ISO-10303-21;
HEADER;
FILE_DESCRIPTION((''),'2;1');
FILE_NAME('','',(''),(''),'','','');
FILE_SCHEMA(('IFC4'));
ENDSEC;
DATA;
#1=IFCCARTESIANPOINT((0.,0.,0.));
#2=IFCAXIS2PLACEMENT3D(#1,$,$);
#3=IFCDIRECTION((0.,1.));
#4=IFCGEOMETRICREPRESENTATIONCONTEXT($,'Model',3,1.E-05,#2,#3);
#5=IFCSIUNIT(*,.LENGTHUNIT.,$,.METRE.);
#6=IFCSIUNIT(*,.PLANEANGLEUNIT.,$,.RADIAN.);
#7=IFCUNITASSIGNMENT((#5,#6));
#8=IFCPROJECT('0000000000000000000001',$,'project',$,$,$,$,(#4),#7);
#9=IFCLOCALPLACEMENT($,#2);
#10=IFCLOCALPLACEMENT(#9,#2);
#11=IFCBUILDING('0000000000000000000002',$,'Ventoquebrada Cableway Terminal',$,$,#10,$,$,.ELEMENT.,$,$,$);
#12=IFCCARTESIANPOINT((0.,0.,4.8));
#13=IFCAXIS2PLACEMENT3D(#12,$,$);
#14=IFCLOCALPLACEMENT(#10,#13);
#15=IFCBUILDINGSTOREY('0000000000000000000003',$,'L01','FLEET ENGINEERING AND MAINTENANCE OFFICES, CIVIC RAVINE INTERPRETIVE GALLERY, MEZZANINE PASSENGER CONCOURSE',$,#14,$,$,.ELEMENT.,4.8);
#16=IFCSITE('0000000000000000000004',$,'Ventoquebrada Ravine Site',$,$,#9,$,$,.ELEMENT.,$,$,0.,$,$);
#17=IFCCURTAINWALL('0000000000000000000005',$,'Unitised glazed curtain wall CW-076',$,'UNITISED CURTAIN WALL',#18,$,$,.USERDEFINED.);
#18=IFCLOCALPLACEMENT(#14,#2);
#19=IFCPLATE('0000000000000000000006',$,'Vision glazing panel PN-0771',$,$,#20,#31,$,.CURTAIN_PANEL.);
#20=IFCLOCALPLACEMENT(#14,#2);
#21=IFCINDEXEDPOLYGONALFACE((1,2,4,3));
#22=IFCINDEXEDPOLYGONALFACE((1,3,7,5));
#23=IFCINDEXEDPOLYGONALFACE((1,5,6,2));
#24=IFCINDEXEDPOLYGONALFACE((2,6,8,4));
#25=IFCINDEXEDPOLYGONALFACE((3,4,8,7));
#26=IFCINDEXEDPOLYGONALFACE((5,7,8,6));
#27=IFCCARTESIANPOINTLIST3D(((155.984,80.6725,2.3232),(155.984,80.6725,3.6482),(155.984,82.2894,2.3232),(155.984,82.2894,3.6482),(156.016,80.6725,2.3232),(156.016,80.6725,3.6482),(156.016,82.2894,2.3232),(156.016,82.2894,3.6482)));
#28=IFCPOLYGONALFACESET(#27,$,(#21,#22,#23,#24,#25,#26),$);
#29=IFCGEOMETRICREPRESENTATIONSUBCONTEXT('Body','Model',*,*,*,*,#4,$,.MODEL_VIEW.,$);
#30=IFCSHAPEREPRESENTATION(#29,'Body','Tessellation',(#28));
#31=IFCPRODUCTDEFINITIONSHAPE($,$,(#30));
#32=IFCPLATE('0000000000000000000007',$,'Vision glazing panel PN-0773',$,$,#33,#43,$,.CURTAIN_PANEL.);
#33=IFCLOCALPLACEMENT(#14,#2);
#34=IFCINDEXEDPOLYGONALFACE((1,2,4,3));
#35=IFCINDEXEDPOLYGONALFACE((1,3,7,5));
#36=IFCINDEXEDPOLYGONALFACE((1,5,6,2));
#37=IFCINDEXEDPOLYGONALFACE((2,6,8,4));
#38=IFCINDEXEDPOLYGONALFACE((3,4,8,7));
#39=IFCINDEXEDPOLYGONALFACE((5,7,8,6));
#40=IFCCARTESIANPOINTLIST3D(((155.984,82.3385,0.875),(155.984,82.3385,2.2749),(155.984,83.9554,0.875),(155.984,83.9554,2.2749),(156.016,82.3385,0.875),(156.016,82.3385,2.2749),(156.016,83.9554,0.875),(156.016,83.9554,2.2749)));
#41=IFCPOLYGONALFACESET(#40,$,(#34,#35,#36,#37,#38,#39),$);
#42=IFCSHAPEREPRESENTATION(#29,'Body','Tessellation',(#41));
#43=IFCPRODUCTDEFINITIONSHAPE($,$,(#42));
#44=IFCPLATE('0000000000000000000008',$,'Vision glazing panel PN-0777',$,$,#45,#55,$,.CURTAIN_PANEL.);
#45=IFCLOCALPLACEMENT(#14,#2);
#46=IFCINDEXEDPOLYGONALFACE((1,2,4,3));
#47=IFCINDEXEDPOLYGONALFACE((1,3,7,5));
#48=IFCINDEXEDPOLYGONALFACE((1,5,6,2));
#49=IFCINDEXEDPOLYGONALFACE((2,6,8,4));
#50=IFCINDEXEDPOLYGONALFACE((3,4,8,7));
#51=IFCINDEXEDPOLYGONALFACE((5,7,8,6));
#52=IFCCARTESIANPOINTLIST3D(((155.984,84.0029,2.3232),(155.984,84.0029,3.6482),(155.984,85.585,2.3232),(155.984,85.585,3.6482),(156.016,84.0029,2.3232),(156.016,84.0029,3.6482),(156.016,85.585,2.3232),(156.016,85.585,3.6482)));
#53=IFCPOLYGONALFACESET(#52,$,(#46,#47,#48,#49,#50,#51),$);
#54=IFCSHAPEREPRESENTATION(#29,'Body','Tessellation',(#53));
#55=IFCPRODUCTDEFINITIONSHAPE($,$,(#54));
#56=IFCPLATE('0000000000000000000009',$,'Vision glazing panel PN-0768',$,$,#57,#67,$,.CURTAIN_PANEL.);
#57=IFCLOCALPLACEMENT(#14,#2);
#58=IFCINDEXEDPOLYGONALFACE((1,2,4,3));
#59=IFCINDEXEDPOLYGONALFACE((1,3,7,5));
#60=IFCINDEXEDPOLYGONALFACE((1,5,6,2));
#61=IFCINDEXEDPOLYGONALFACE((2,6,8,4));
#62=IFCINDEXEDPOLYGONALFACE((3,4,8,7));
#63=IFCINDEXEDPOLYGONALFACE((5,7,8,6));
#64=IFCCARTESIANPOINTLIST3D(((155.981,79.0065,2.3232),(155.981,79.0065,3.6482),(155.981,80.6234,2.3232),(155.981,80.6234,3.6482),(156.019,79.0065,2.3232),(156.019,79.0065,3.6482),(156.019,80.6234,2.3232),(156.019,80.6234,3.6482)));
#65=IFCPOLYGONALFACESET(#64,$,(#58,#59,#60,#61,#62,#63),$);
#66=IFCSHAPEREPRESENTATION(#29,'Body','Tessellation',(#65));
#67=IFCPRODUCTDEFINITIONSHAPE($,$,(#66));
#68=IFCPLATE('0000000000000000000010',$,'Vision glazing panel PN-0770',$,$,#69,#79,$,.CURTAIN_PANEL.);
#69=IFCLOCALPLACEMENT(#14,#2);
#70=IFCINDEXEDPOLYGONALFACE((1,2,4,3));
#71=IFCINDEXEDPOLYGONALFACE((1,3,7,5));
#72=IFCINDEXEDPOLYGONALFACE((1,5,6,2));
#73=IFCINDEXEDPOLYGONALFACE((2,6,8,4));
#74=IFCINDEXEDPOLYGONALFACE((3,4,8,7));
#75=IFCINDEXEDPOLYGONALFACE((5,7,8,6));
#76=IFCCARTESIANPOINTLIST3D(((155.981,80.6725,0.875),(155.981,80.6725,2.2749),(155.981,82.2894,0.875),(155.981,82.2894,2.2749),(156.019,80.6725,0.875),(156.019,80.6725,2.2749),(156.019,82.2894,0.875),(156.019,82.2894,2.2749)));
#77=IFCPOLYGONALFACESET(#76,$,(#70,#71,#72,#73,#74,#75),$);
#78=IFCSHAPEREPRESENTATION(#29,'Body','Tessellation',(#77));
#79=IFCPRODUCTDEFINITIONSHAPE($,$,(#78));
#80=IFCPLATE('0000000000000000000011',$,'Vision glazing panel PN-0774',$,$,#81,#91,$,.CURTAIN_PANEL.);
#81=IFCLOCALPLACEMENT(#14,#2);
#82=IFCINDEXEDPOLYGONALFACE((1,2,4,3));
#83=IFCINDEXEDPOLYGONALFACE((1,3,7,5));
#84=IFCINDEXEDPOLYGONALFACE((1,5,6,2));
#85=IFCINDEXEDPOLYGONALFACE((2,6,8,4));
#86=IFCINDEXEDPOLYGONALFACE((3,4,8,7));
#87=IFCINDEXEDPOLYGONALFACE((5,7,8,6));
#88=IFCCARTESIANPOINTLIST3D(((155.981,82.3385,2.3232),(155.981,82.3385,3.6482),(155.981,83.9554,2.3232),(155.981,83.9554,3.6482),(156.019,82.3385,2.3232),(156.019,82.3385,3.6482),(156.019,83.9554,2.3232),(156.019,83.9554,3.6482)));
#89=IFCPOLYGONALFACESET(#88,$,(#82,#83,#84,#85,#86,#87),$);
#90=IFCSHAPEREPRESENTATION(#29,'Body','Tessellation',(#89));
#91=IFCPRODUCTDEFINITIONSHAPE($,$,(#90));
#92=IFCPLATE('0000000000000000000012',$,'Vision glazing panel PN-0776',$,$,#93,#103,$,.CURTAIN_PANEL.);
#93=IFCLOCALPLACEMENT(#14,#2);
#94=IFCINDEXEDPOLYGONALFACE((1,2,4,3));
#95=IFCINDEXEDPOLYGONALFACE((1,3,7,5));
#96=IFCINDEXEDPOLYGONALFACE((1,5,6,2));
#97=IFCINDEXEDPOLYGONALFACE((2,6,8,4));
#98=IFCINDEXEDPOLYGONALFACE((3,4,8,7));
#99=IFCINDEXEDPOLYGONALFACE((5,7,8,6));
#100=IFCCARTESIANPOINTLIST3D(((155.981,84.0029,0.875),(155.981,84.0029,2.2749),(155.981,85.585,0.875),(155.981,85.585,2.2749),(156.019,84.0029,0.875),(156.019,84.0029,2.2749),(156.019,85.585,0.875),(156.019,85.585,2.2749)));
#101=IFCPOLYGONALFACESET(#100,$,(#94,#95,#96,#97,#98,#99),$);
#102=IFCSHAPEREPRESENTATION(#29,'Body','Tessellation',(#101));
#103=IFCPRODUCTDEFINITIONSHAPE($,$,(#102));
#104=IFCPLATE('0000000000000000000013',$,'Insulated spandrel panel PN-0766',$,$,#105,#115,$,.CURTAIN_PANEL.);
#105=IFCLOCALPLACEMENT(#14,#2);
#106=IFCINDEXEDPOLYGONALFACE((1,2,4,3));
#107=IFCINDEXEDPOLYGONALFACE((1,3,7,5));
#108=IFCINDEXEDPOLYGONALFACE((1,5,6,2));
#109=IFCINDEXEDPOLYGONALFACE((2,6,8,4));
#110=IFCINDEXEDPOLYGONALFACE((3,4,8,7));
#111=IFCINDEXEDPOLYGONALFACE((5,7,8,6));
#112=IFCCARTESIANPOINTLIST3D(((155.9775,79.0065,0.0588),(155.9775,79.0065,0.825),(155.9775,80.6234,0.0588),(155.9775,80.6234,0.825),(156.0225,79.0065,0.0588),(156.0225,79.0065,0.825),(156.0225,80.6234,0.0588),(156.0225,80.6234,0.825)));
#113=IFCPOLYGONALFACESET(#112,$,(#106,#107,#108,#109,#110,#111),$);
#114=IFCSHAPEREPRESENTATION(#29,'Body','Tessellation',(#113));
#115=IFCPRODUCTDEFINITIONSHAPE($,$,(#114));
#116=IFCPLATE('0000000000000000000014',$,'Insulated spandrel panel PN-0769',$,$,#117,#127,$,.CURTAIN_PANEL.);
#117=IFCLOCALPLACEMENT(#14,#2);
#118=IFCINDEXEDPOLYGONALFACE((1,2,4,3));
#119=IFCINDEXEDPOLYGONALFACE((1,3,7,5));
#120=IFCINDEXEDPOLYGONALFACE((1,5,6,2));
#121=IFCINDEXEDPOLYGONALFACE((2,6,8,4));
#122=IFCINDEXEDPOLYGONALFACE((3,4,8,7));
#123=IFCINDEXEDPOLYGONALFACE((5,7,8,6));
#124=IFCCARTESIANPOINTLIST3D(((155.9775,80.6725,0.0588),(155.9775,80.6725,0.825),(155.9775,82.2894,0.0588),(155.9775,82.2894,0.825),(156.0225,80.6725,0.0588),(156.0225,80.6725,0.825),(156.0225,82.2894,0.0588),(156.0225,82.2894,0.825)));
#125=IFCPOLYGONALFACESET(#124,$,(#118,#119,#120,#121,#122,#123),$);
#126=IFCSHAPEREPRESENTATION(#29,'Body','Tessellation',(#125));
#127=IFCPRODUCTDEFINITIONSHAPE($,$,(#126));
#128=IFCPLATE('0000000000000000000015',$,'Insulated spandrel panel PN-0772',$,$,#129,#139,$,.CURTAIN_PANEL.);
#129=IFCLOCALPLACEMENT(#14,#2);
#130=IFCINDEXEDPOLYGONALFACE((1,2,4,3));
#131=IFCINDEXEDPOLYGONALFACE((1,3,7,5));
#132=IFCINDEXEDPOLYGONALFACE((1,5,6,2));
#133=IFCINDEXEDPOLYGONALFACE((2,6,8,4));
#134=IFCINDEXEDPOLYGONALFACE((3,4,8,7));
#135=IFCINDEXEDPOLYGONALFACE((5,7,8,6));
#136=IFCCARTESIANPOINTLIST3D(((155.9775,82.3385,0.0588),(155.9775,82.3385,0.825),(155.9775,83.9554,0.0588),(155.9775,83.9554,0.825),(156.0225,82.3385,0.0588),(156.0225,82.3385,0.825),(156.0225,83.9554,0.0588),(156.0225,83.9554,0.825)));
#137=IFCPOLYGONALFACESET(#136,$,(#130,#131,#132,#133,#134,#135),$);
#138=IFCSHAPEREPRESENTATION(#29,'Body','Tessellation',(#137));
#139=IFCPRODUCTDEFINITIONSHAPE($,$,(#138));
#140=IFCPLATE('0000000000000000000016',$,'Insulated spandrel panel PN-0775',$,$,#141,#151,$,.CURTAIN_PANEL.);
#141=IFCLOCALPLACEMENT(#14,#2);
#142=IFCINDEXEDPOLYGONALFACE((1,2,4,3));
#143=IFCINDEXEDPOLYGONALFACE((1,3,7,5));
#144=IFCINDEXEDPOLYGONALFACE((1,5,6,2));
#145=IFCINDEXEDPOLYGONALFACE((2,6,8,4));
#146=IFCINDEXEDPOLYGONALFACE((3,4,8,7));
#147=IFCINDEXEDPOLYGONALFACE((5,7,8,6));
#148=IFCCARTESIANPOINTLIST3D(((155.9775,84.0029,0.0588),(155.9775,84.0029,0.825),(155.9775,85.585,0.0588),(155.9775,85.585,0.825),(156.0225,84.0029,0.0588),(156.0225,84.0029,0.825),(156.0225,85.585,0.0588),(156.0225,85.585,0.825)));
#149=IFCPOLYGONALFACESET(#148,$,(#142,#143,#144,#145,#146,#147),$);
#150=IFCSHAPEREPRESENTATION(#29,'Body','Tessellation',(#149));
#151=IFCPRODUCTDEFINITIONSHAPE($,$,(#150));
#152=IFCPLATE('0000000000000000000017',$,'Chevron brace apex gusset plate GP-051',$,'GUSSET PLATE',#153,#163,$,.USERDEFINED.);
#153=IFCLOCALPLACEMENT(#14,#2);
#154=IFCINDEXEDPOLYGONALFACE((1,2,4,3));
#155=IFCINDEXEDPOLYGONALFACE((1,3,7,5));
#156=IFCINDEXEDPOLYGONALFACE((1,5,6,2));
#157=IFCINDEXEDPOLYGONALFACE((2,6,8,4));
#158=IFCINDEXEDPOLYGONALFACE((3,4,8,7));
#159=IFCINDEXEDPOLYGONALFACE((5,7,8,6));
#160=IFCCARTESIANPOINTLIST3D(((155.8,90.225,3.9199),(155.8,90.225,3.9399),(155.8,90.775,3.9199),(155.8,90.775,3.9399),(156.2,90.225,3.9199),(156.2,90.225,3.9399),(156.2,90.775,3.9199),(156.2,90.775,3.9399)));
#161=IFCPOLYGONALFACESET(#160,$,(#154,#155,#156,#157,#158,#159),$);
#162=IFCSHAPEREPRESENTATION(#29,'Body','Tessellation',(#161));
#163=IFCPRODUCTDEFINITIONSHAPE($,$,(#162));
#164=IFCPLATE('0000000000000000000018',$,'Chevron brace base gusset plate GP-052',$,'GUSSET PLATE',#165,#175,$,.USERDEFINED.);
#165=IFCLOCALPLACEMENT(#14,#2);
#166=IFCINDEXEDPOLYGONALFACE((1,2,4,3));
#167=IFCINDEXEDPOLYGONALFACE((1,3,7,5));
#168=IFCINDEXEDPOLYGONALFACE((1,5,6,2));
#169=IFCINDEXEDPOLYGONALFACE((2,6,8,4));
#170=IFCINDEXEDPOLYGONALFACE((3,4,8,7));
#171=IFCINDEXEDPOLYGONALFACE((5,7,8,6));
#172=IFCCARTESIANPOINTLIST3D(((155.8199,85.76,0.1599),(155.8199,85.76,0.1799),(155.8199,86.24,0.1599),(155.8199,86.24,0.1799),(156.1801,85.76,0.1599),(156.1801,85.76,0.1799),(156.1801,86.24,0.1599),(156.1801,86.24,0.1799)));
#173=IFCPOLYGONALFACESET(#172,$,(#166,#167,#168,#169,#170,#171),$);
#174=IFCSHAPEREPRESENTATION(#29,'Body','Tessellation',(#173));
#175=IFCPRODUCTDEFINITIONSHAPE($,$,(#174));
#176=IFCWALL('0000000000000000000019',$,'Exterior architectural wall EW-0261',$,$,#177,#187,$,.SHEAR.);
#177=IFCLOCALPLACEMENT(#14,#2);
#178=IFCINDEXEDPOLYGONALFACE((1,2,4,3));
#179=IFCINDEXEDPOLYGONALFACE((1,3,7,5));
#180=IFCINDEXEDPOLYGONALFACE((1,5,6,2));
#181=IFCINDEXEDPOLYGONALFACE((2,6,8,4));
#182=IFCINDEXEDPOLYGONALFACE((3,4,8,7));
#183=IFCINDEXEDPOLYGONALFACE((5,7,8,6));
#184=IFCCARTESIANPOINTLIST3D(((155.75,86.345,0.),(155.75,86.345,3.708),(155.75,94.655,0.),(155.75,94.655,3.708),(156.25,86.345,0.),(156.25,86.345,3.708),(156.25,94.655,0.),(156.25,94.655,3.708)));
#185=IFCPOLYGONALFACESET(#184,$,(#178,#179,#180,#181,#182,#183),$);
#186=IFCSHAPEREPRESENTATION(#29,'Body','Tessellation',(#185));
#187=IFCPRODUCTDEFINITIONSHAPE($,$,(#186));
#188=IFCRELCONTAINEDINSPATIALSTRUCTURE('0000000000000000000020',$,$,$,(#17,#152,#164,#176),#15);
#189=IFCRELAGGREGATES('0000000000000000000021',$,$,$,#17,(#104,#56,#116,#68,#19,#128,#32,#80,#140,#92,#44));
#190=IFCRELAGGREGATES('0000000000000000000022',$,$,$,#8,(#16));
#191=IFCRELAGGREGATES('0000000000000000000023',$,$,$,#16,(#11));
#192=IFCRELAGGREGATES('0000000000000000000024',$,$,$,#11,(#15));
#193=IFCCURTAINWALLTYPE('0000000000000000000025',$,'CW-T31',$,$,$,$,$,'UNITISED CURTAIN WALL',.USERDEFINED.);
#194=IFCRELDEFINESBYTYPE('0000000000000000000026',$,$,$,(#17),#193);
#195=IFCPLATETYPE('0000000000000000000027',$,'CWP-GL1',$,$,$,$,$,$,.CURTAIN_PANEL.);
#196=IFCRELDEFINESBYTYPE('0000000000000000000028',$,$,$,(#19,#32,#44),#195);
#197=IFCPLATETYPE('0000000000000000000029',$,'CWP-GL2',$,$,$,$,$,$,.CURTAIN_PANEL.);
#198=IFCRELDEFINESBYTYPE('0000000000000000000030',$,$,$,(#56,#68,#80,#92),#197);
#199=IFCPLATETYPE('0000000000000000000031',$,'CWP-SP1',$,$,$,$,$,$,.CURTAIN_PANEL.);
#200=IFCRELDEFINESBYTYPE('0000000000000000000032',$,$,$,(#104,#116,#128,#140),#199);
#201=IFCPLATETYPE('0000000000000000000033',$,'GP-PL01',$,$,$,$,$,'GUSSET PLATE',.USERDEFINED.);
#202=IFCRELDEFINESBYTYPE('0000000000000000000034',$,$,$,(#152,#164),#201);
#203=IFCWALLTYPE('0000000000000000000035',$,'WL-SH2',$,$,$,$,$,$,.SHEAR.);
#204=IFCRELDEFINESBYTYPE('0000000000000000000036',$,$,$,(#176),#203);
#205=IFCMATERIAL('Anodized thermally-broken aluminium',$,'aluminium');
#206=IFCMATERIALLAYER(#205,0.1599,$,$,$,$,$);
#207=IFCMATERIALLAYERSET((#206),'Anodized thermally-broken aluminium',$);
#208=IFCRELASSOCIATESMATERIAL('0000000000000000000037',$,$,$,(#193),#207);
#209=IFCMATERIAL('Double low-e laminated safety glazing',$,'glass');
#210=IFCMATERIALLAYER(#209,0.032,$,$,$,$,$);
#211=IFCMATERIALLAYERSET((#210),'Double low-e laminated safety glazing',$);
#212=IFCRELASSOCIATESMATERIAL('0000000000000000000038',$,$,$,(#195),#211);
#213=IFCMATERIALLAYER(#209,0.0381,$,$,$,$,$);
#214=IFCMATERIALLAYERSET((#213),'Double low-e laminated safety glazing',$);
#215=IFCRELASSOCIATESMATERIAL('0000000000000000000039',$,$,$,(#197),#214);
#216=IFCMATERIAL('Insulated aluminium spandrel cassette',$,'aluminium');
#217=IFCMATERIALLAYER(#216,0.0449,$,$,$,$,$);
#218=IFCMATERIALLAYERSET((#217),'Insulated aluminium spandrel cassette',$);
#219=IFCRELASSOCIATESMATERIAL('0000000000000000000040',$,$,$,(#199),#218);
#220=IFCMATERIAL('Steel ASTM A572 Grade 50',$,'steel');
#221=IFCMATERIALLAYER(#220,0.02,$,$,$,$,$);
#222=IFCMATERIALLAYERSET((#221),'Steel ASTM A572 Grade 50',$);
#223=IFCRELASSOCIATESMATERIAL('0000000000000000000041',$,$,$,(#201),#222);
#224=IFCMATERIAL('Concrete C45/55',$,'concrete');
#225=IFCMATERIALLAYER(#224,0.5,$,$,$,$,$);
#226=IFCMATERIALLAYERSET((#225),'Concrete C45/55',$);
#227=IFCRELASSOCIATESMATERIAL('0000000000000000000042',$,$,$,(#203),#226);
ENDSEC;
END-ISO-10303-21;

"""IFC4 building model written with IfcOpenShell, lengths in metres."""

from ifc_helpers import new_model, si_unit, direction, frame, frame_2d, origin, origin_2d, place, context, subcontext, project, spatial, rectangle, extrude, material, layer, layer_set, type_object, element, aggregate, save


model = new_model("IFC4")

# Units and contexts
model_context = context("Model", 3, precision=1e-05, world=origin(), true_north=direction((0.0, 1.0)))
body_context = subcontext(model_context, "Body", "Model", "MODEL_VIEW")
ifc_project = project(units=[si_unit("LENGTHUNIT", "METRE"), si_unit("PLANEANGLEUNIT", "RADIAN")], contexts=[model_context])

# Site, building, storey
site_placement = place(None, origin())
site = spatial("IfcSite", under=ifc_project, at=site_placement, Name="Ventoquebrada Ravine Site", CompositionType="ELEMENT", RefElevation=0.0)
building_placement = place(site_placement, origin())
building = spatial("IfcBuilding", under=site, at=building_placement, Name="Ventoquebrada Cableway Terminal", CompositionType="ELEMENT")
storey_placement = place(building_placement, frame((0.0, 0.0, 4.8)))
storey = spatial("IfcBuildingStorey", under=building, at=storey_placement, Name="L01", Description="FLEET ENGINEERING AND MAINTENANCE OFFICES, CIVIC RAVINE INTERPRETIVE GALLERY, MEZZANINE PASSENGER CONCOURSE", CompositionType="ELEMENT", Elevation=4.8)

# Curtain wall, plates
ifc_material_1 = material(Name="Anodized thermally-broken aluminium", Category="aluminium")
ifc_layer_1 = layer(ifc_material_1, 0.1599)
ifc_layer_set_1 = layer_set([ifc_layer_1], Name="Anodized thermally-broken aluminium")
curtain_wall_type = type_object("IfcCurtainWallType", Name="CW-T31", ElementType="UNITISED CURTAIN WALL", PredefinedType="USERDEFINED", material=ifc_layer_set_1)
curtain_wall_placement = place(storey_placement, origin())
curtain_wall = element("IfcCurtainWall", 1, at=curtain_wall_placement, inside=storey, type_object=curtain_wall_type, Name="Unitised glazed curtain wall CW-076", ObjectType="UNITISED CURTAIN WALL", PredefinedType="USERDEFINED")
ifc_material_2 = material(Name="Double low-e laminated safety glazing", Category="glass")
ifc_layer_2 = layer(ifc_material_2, 0.032)
ifc_layer_set_2 = layer_set([ifc_layer_2], Name="Double low-e laminated safety glazing")
plate_type_1 = type_object("IfcPlateType", Name="CWP-GL1", PredefinedType="CURTAIN_PANEL", material=ifc_layer_set_2)
plate_1_placement = place(storey_placement, frame((156.0, 81.481, 2.3232), z_axis=(0.0, 0.0, 1.0), x_axis=(0.0, 1.0, 0.0)))
plate_1 = element("IfcPlate", 2, at=plate_1_placement, type_object=plate_type_1, Name="Vision glazing panel PN-0771", PredefinedType="CURTAIN_PANEL", context=body_context, shape_type="SweptSolid", body=[
    extrude(rectangle(XDim=1.6169, YDim=0.032, at=origin_2d()), origin(), (0.0, 0.0, 1.0), 1.325),
])
plate_2_placement = place(storey_placement, frame((156.0, 83.147, 0.875), z_axis=(0.0, 0.0, 1.0), x_axis=(0.0, 1.0, 0.0)))
plate_2 = element("IfcPlate", 3, at=plate_2_placement, type_object=plate_type_1, Name="Vision glazing panel PN-0773", PredefinedType="CURTAIN_PANEL", context=body_context, shape_type="SweptSolid", body=[
    extrude(rectangle(XDim=1.6169, YDim=0.032, at=origin_2d()), origin(), (0.0, 0.0, 1.0), 1.3999),
])
plate_3_placement = place(storey_placement, frame((156.0, 84.7939, 2.3232), z_axis=(0.0, 0.0, 1.0), x_axis=(0.0, 1.0, 0.0)))
plate_3 = element("IfcPlate", 4, at=plate_3_placement, type_object=plate_type_1, Name="Vision glazing panel PN-0777", PredefinedType="CURTAIN_PANEL", context=body_context, shape_type="SweptSolid", body=[
    extrude(rectangle(XDim=1.582, YDim=0.032, at=origin_2d()), origin(), (0.0, 0.0, 1.0), 1.325),
])
ifc_layer_3 = layer(ifc_material_2, 0.0381)
ifc_layer_set_3 = layer_set([ifc_layer_3], Name="Double low-e laminated safety glazing")
plate_type_2 = type_object("IfcPlateType", Name="CWP-GL2", PredefinedType="CURTAIN_PANEL", material=ifc_layer_set_3)
plate_4_placement = place(storey_placement, frame((156.0, 79.8149, 2.3232), z_axis=(0.0, 0.0, 1.0), x_axis=(0.0, 1.0, 0.0)))
plate_4 = element("IfcPlate", 5, at=plate_4_placement, type_object=plate_type_2, Name="Vision glazing panel PN-0768", PredefinedType="CURTAIN_PANEL", context=body_context, shape_type="SweptSolid", body=[
    extrude(rectangle(XDim=1.6169, YDim=0.0381, at=origin_2d()), origin(), (0.0, 0.0, 1.0), 1.325),
])
plate_5_placement = place(storey_placement, frame((156.0, 81.481, 0.875), z_axis=(0.0, 0.0, 1.0), x_axis=(0.0, 1.0, 0.0)))
plate_5 = element("IfcPlate", 6, at=plate_5_placement, type_object=plate_type_2, Name="Vision glazing panel PN-0770", PredefinedType="CURTAIN_PANEL", context=body_context, shape_type="SweptSolid", body=[
    extrude(rectangle(XDim=1.6169, YDim=0.0381, at=origin_2d()), origin(), (0.0, 0.0, 1.0), 1.3999),
])
plate_6_placement = place(storey_placement, frame((156.0, 83.147, 2.3232), z_axis=(0.0, 0.0, 1.0), x_axis=(0.0, 1.0, 0.0)))
plate_6 = element("IfcPlate", 7, at=plate_6_placement, type_object=plate_type_2, Name="Vision glazing panel PN-0774", PredefinedType="CURTAIN_PANEL", context=body_context, shape_type="SweptSolid", body=[
    extrude(rectangle(XDim=1.6169, YDim=0.0381, at=origin_2d()), origin(), (0.0, 0.0, 1.0), 1.325),
])
plate_7_placement = place(storey_placement, frame((156.0, 84.7939, 0.875), z_axis=(0.0, 0.0, 1.0), x_axis=(0.0, 1.0, 0.0)))
plate_7 = element("IfcPlate", 8, at=plate_7_placement, type_object=plate_type_2, Name="Vision glazing panel PN-0776", PredefinedType="CURTAIN_PANEL", context=body_context, shape_type="SweptSolid", body=[
    extrude(rectangle(XDim=1.582, YDim=0.0381, at=origin_2d()), origin(), (0.0, 0.0, 1.0), 1.3999),
])
ifc_material_3 = material(Name="Insulated aluminium spandrel cassette", Category="aluminium")
ifc_layer_4 = layer(ifc_material_3, 0.0449)
ifc_layer_set_4 = layer_set([ifc_layer_4], Name="Insulated aluminium spandrel cassette")
plate_type_3 = type_object("IfcPlateType", Name="CWP-SP1", PredefinedType="CURTAIN_PANEL", material=ifc_layer_set_4)
plate_8_placement = place(storey_placement, frame((156.0, 79.8149, 0.0588), z_axis=(0.0, 0.0, 1.0), x_axis=(0.0, 1.0, 0.0)))
plate_8 = element("IfcPlate", 9, at=plate_8_placement, type_object=plate_type_3, Name="Insulated spandrel panel PN-0766", PredefinedType="CURTAIN_PANEL", context=body_context, shape_type="SweptSolid", body=[
    extrude(rectangle(XDim=1.6169, YDim=0.0449, at=origin_2d()), origin(), (0.0, 0.0, 1.0), 0.7661),
])
plate_9_placement = place(storey_placement, frame((156.0, 81.481, 0.0588), z_axis=(0.0, 0.0, 1.0), x_axis=(0.0, 1.0, 0.0)))
plate_9 = element("IfcPlate", 10, at=plate_9_placement, type_object=plate_type_3, Name="Insulated spandrel panel PN-0769", PredefinedType="CURTAIN_PANEL", context=body_context, shape_type="SweptSolid", body=[
    extrude(rectangle(XDim=1.6169, YDim=0.0449, at=origin_2d()), origin(), (0.0, 0.0, 1.0), 0.7661),
])
plate_10_placement = place(storey_placement, frame((156.0, 83.147, 0.0588), z_axis=(0.0, 0.0, 1.0), x_axis=(0.0, 1.0, 0.0)))
plate_10 = element("IfcPlate", 11, at=plate_10_placement, type_object=plate_type_3, Name="Insulated spandrel panel PN-0772", PredefinedType="CURTAIN_PANEL", context=body_context, shape_type="SweptSolid", body=[
    extrude(rectangle(XDim=1.6169, YDim=0.0449, at=origin_2d()), origin(), (0.0, 0.0, 1.0), 0.7661),
])
plate_11_placement = place(storey_placement, frame((156.0, 84.7939, 0.0588), z_axis=(0.0, 0.0, 1.0), x_axis=(0.0, 1.0, 0.0)))
plate_11 = element("IfcPlate", 12, at=plate_11_placement, type_object=plate_type_3, Name="Insulated spandrel panel PN-0775", PredefinedType="CURTAIN_PANEL", context=body_context, shape_type="SweptSolid", body=[
    extrude(rectangle(XDim=1.582, YDim=0.0449, at=origin_2d()), origin(), (0.0, 0.0, 1.0), 0.7661),
])
aggregate(curtain_wall, [plate_8, plate_4, plate_9, plate_5, plate_1, plate_10, plate_2, plate_6, plate_11, plate_7, plate_3])

# Plates
ifc_material_4 = material(Name="Steel ASTM A572 Grade 50", Category="steel")
ifc_layer_5 = layer(ifc_material_4, 0.02)
ifc_layer_set_5 = layer_set([ifc_layer_5], Name="Steel ASTM A572 Grade 50")
plate_type_4 = type_object("IfcPlateType", Name="GP-PL01", ElementType="GUSSET PLATE", PredefinedType="USERDEFINED", material=ifc_layer_set_5)
plate_12_placement = place(storey_placement, frame((156.0, 90.5, 3.9199), z_axis=(0.0, 0.0, 1.0), x_axis=(0.0, 1.0, 0.0)))
element("IfcPlate", 13, at=plate_12_placement, inside=storey, type_object=plate_type_4, Name="Chevron brace apex gusset plate GP-051", ObjectType="GUSSET PLATE", PredefinedType="USERDEFINED", context=body_context, shape_type="SweptSolid", body=[
    extrude(rectangle(XDim=0.55, YDim=0.3999, at=origin_2d()), origin(), (0.0, 0.0, 1.0), 0.02),
])
plate_13_placement = place(storey_placement, frame((156.0, 86.0, 0.1599), z_axis=(0.0, 0.0, 1.0), x_axis=(0.0, 1.0, 0.0)))
element("IfcPlate", 14, at=plate_13_placement, inside=storey, type_object=plate_type_4, Name="Chevron brace base gusset plate GP-052", ObjectType="GUSSET PLATE", PredefinedType="USERDEFINED", context=body_context, shape_type="SweptSolid", body=[
    extrude(rectangle(XDim=0.48, YDim=0.3601, at=origin_2d()), origin(), (0.0, 0.0, 1.0), 0.02),
])

# Wall
ifc_material_5 = material(Name="Concrete C45/55", Category="concrete")
ifc_layer_6 = layer(ifc_material_5, 0.5)
ifc_layer_set_6 = layer_set([ifc_layer_6], Name="Concrete C45/55")
wall_type = type_object("IfcWallType", Name="WL-SH2", PredefinedType="SHEAR", material=ifc_layer_set_6)
wall_placement = place(storey_placement, frame((156.0, 86.345, 0.0), z_axis=(0.0, 0.0, 1.0), x_axis=(0.0, 1.0, 0.0)))
element("IfcWall", 15, at=wall_placement, inside=storey, type_object=wall_type, Name="Exterior architectural wall EW-0261", PredefinedType="SHEAR", context=body_context, shape_type="SweptSolid", body=[
    extrude(rectangle(XDim=8.3101, YDim=0.5, at=frame_2d((4.155, 0.0))), origin(), (0.0, 0.0, 1.0), 3.708),
])

save(model, "model.ifc")
